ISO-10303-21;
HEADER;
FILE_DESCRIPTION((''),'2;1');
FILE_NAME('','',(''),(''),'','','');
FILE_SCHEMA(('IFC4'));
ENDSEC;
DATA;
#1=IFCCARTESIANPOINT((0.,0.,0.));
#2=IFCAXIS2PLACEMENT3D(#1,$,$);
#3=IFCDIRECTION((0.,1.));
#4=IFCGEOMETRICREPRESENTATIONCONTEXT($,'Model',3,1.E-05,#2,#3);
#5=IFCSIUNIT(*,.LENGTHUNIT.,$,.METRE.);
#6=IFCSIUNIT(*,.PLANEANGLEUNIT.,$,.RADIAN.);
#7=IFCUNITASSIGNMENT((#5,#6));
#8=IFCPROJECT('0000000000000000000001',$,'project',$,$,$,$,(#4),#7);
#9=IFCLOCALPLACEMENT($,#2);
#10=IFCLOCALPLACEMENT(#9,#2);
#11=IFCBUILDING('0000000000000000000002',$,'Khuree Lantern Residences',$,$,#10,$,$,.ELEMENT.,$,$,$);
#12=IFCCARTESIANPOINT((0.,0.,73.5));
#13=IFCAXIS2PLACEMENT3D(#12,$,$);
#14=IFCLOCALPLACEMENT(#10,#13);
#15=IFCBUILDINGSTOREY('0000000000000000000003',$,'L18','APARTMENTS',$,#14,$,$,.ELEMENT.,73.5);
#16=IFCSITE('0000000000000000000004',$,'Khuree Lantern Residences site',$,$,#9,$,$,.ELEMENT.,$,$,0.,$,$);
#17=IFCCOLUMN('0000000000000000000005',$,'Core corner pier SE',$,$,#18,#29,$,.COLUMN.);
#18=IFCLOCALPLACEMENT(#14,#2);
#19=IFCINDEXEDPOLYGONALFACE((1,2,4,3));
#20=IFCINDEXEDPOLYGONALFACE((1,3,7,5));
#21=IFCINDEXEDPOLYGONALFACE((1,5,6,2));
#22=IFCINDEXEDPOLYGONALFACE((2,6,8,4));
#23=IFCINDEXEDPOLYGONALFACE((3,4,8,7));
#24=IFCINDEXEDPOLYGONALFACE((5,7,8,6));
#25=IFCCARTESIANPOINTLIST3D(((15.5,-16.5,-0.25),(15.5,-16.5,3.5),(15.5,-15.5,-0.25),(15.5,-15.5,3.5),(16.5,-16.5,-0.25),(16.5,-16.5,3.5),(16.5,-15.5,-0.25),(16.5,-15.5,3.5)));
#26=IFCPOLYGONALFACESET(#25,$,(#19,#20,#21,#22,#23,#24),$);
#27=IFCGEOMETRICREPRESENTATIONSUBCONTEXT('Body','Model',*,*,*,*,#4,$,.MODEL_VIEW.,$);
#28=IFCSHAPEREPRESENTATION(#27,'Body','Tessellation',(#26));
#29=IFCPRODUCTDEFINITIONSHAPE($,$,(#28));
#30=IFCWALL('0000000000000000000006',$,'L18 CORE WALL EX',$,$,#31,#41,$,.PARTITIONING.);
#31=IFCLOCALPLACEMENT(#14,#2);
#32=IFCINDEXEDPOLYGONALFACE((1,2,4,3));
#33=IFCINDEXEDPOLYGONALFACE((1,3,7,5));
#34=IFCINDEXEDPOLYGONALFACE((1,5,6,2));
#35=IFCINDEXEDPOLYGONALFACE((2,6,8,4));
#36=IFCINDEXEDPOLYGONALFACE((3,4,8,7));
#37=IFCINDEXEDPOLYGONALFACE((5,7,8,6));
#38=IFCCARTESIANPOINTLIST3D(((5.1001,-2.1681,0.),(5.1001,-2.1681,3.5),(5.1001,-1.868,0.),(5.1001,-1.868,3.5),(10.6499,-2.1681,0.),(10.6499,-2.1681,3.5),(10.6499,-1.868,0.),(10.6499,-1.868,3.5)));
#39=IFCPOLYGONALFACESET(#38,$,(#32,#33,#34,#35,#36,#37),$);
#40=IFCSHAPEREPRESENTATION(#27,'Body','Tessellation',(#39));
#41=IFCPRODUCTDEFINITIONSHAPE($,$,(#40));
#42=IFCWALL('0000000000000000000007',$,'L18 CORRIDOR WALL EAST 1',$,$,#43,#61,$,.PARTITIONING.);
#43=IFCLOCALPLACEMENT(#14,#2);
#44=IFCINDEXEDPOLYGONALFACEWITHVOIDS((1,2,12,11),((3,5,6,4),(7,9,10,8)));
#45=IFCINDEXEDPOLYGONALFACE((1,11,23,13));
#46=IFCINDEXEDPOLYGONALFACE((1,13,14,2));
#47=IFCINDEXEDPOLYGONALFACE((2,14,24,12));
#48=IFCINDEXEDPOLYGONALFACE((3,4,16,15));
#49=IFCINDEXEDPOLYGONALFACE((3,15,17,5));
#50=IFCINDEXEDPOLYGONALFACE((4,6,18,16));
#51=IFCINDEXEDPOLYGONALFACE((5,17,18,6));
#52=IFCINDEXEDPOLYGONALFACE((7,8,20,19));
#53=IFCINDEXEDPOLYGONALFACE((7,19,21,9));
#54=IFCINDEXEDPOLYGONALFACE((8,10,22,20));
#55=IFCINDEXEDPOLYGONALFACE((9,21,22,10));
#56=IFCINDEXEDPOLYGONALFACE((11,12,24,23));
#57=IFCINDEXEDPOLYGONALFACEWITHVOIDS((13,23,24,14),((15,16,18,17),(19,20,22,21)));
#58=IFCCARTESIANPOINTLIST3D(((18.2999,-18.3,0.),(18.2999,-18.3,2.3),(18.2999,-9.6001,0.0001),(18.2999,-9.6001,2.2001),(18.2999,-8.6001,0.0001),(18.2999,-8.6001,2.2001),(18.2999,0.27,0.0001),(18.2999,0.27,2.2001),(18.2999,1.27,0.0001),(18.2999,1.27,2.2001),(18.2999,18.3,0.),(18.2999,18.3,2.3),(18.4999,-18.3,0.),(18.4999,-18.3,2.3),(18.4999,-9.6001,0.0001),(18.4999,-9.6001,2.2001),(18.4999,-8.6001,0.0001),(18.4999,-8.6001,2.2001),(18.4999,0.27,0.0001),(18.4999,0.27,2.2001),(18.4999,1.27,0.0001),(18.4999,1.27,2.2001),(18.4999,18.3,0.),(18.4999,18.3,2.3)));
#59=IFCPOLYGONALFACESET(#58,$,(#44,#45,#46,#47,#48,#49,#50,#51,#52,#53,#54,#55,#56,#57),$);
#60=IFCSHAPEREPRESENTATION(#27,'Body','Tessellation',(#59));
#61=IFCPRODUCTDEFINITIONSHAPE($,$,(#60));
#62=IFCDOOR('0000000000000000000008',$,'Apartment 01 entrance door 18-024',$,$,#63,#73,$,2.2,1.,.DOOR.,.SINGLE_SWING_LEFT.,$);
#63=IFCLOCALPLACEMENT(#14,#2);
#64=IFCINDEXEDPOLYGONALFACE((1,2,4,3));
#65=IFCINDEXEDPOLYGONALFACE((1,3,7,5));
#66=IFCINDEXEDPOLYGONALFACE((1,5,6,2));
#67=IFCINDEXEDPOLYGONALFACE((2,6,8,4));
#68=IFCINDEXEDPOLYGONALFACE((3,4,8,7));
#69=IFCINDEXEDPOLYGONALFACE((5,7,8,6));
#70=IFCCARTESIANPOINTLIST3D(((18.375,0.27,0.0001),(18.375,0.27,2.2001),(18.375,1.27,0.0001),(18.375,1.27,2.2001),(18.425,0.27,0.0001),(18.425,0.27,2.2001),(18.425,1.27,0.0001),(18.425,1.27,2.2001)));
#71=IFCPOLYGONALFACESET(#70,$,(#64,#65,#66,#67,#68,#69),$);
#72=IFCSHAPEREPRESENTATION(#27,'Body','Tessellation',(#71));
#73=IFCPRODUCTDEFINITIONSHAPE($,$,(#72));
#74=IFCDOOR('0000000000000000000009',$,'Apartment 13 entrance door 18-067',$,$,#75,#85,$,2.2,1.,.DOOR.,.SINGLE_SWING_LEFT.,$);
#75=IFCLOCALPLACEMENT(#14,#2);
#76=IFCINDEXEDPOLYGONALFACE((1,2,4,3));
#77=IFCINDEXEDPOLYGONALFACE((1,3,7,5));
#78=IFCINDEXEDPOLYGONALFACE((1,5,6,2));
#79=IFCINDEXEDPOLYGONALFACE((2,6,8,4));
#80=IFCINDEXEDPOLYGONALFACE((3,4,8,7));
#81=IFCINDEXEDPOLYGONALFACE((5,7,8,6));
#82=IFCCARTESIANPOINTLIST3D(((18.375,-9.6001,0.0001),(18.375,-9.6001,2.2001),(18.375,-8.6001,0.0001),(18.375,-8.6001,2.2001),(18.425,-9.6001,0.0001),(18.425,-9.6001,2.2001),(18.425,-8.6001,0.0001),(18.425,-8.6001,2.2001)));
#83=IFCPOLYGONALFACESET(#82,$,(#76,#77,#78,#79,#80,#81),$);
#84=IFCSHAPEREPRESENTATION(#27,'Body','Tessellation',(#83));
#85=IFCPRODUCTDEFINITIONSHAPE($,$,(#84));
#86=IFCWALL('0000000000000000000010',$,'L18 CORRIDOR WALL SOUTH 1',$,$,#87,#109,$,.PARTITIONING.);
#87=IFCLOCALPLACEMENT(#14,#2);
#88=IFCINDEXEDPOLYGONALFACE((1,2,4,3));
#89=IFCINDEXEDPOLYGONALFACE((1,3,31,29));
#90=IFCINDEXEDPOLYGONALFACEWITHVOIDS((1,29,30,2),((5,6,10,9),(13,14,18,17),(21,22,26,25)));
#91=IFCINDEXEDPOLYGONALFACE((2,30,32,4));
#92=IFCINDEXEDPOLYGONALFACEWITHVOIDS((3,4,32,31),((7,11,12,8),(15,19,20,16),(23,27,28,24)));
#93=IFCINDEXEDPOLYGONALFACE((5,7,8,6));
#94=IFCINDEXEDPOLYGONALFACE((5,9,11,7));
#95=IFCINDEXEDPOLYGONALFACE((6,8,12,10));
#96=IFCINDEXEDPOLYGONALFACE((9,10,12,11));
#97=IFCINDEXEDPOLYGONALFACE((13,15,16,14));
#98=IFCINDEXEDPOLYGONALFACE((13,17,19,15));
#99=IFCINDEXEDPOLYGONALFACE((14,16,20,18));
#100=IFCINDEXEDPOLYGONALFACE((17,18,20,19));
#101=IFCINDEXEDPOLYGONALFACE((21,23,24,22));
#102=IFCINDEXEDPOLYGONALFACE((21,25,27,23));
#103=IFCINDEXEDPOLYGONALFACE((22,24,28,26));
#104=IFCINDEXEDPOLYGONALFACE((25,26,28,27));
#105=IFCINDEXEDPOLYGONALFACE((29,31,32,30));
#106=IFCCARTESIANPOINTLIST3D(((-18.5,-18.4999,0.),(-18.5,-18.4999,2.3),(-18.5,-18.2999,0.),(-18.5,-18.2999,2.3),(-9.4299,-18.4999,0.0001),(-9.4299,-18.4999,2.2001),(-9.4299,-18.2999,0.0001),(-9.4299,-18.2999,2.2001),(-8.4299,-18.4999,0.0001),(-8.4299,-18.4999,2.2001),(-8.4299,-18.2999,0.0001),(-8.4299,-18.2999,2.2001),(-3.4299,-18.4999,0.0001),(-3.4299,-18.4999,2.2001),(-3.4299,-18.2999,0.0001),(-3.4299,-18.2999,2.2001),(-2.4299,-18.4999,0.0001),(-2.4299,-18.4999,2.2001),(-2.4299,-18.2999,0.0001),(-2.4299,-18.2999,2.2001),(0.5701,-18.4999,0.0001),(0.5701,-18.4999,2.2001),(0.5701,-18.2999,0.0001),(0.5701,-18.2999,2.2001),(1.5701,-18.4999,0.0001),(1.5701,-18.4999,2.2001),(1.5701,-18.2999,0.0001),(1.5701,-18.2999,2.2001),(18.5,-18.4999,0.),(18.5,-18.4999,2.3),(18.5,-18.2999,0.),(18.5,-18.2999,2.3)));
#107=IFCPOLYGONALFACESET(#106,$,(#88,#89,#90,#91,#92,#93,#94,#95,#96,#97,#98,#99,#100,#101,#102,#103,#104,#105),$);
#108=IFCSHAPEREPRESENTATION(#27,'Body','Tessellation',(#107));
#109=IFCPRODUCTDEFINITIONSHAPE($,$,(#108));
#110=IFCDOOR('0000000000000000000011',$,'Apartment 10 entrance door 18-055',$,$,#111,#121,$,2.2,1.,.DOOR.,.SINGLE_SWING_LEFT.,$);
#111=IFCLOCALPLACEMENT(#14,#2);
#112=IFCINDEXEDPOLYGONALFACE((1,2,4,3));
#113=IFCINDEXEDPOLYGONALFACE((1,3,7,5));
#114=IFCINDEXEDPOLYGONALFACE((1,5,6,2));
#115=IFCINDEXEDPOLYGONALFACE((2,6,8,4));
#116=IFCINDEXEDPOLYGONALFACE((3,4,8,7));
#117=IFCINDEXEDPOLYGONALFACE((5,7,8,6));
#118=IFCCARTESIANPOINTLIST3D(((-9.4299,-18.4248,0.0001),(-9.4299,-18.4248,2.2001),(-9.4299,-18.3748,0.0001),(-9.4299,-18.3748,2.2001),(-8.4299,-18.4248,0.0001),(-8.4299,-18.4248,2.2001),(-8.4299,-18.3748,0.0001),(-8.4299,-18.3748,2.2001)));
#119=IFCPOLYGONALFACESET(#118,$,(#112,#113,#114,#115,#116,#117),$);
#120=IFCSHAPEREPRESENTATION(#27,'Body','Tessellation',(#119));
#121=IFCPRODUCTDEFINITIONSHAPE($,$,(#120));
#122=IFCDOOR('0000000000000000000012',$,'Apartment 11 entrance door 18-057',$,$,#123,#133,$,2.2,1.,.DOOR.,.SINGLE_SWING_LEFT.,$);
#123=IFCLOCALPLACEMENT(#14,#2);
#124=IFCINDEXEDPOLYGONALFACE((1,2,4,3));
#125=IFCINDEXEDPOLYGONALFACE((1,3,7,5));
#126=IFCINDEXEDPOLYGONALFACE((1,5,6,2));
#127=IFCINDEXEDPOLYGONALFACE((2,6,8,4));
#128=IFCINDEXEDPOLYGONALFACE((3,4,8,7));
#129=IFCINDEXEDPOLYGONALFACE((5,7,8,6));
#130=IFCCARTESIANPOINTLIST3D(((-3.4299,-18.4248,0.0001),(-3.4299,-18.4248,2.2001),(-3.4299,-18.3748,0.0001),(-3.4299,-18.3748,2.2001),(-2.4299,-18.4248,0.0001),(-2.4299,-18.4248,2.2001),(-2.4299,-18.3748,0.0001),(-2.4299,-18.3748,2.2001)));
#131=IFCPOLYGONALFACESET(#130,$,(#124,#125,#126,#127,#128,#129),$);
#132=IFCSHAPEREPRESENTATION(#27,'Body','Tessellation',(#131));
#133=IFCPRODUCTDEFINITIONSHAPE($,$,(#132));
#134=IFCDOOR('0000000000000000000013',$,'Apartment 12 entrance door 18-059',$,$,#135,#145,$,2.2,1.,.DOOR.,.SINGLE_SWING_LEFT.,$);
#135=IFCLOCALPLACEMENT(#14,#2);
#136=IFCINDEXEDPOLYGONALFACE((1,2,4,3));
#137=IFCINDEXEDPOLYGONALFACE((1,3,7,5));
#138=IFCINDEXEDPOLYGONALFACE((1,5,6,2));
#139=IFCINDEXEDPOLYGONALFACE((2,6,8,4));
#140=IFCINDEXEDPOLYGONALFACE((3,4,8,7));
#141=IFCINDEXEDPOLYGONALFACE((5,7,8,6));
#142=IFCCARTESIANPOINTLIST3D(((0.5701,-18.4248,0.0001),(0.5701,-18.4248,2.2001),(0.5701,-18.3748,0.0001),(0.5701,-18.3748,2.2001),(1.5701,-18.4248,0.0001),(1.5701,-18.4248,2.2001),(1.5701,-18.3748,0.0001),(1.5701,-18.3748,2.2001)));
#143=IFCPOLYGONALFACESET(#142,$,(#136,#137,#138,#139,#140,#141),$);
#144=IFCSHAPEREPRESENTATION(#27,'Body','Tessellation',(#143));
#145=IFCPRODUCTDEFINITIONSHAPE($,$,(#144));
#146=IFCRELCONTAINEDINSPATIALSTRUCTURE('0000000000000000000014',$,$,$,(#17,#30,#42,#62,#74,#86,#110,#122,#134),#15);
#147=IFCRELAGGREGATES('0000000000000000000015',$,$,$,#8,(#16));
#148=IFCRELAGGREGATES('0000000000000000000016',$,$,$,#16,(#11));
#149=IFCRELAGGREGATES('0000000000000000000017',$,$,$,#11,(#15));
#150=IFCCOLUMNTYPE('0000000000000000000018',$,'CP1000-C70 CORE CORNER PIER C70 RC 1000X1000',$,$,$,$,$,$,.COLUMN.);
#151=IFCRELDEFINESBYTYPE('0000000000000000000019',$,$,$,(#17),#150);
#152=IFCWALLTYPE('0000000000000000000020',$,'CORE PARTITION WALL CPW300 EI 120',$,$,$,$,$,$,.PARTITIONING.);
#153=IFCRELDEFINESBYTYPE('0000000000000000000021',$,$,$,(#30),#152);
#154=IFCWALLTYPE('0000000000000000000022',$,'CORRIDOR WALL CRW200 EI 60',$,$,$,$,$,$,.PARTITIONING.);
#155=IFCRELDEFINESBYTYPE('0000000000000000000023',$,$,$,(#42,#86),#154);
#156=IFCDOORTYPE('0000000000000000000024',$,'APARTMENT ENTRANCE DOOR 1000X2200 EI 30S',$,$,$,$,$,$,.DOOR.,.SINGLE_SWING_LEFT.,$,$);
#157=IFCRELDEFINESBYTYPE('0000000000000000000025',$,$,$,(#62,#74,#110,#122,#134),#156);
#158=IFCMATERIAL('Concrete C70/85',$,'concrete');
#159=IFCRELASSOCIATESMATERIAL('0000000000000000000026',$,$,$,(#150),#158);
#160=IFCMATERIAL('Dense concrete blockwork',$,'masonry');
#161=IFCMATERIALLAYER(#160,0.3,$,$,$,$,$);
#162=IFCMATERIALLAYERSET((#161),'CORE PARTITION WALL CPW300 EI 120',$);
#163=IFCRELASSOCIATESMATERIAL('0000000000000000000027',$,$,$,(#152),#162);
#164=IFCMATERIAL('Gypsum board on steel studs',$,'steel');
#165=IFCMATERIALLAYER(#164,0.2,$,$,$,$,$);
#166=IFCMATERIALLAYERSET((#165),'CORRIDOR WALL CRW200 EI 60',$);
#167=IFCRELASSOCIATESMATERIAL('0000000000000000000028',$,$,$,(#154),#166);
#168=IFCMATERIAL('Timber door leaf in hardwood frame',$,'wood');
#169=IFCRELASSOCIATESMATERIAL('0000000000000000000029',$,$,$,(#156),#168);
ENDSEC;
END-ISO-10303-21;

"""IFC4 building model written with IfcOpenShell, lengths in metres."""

from ifc_helpers import new_model, si_unit, direction, frame, frame_2d, origin, origin_2d, place, context, subcontext, project, spatial, rectangle, extrude, material, layer, layer_set, material_profile, profile_set, type_object, element, fill, save


model = new_model("IFC4")

# Units and contexts
model_context = context("Model", 3, precision=1e-05, world=origin(), true_north=direction((0.0, 1.0)))
body_context = subcontext(model_context, "Body", "Model", "MODEL_VIEW")
ifc_project = project(units=[si_unit("LENGTHUNIT", "METRE"), si_unit("PLANEANGLEUNIT", "RADIAN")], contexts=[model_context])

# Site, building, storey
site_placement = place(None, origin())
site = spatial("IfcSite", under=ifc_project, at=site_placement, Name="Khuree Lantern Residences site", CompositionType="ELEMENT", RefElevation=0.0)
building_placement = place(site_placement, origin())
building = spatial("IfcBuilding", under=site, at=building_placement, Name="Khuree Lantern Residences", CompositionType="ELEMENT")
storey_placement = place(building_placement, frame((0.0, 0.0, 73.5)))
storey = spatial("IfcBuildingStorey", under=building, at=storey_placement, Name="L18", Description="APARTMENTS", CompositionType="ELEMENT", Elevation=73.5)

# Column
ifc_material_1 = material(Name="Concrete C70/85", Category="concrete")
ifc_material_profile = material_profile(ifc_material_1, rectangle(XDim=1.0, YDim=1.0, at=origin_2d()), Name="RC 1000X1000")
ifc_profile_set = profile_set([ifc_material_profile], Name="Concrete C70/85")
column_type = type_object("IfcColumnType", Name="CP1000-C70 CORE CORNER PIER C70 RC 1000X1000", PredefinedType="COLUMN", material=ifc_profile_set)
column_placement = place(storey_placement, frame((16.0, -16.0, -0.25), z_axis=(0.0, 0.0, 1.0), x_axis=(1.0, 0.0, 0.0)))
element("IfcColumn", 1, at=column_placement, inside=storey, type_object=column_type, Name="Core corner pier SE", PredefinedType="COLUMN", context=body_context, shape_type="SweptSolid", body=[
    extrude(rectangle(XDim=1.0, YDim=1.0, at=origin_2d()), origin(), (0.0, 0.0, 1.0), 3.75),
])

# Wall
ifc_material_2 = material(Name="Dense concrete blockwork", Category="masonry")
ifc_layer_1 = layer(ifc_material_2, 0.3)
ifc_layer_set_1 = layer_set([ifc_layer_1], Name="CORE PARTITION WALL CPW300 EI 120")
wall_type_1 = type_object("IfcWallType", Name="CORE PARTITION WALL CPW300 EI 120", PredefinedType="PARTITIONING", material=ifc_layer_set_1)
wall_1_placement = place(storey_placement, frame((10.6499, -2.0181, 0.0), z_axis=(0.0, 0.0, 1.0), x_axis=(-1.0, 0.0, 0.0)))
element("IfcWall", 2, at=wall_1_placement, inside=storey, type_object=wall_type_1, Name="L18 CORE WALL EX", PredefinedType="PARTITIONING", context=body_context, shape_type="SweptSolid", body=[
    extrude(rectangle(XDim=5.5498, YDim=0.3, at=frame_2d((2.7749, 0.0))), origin(), (0.0, 0.0, 1.0), 3.5),
])

# Walls, openings, doors
ifc_material_3 = material(Name="Gypsum board on steel studs", Category="steel")
ifc_layer_2 = layer(ifc_material_3, 0.2)
ifc_layer_set_2 = layer_set([ifc_layer_2], Name="CORRIDOR WALL CRW200 EI 60")
wall_type_2 = type_object("IfcWallType", Name="CORRIDOR WALL CRW200 EI 60", PredefinedType="PARTITIONING", material=ifc_layer_set_2)
wall_2_placement = place(storey_placement, frame((18.3999, -18.3, 0.0), z_axis=(0.0, 0.0, 1.0), x_axis=(0.0, 1.0, 0.0)))
wall_2 = element("IfcWall", 3, at=wall_2_placement, inside=storey, type_object=wall_type_2, Name="L18 CORRIDOR WALL EAST 1", PredefinedType="PARTITIONING", context=body_context, shape_type="SweptSolid", body=[
    extrude(rectangle(XDim=36.6001, YDim=0.2, at=frame_2d((18.3, 0.0))), origin(), (0.0, 0.0, 1.0), 2.3),
])
opening_1_placement = place(wall_2_placement, frame((18.5701, 0.0, 0.0)))
opening_1 = element("IfcOpeningElement", 4, at=opening_1_placement, cuts=wall_2, PredefinedType="OPENING", context=body_context, shape_type="SweptSolid", body=[
    extrude(rectangle(XDim=1.0, YDim=2.2, at=frame_2d((0.5, 1.1001))), frame((0.0, 0.1099, 0.0), z_axis=(0.0, -1.0, 0.0), x_axis=(1.0, 0.0, 0.0)), (0.0, 0.0, 1.0), 0.22),
])
opening_2_placement = place(wall_2_placement, frame((8.7, 0.0, 0.0)))
opening_2 = element("IfcOpeningElement", 5, at=opening_2_placement, cuts=wall_2, PredefinedType="OPENING", context=body_context, shape_type="SweptSolid", body=[
    extrude(rectangle(XDim=1.0, YDim=2.2, at=frame_2d((0.5, 1.1001))), frame((0.0, 0.1099, 0.0), z_axis=(0.0, -1.0, 0.0), x_axis=(1.0, 0.0, 0.0)), (0.0, 0.0, 1.0), 0.22),
])
ifc_material_4 = material(Name="Timber door leaf in hardwood frame", Category="wood")
door_type_1 = type_object("IfcDoorType", Name="APARTMENT ENTRANCE DOOR 1000X2200 EI 30S", OperationType="SINGLE_SWING_LEFT", PredefinedType="DOOR", material=ifc_material_4)
door_1_placement = place(opening_1_placement, origin())
door_1 = element("IfcDoor", 6, at=door_1_placement, inside=storey, type_object=door_type_1, Name="Apartment 01 entrance door 18-024", OperationType="SINGLE_SWING_LEFT", OverallHeight=2.2, OverallWidth=1.0, PredefinedType="DOOR", context=body_context, shape_type="SweptSolid", body=[
    extrude(rectangle(XDim=1.0, YDim=2.2, at=frame_2d((0.5, 1.1001))), frame((0.0, 0.0249, 0.0), z_axis=(0.0, -1.0, 0.0), x_axis=(1.0, 0.0, 0.0)), (0.0, 0.0, 1.0), 0.05),
])
fill(opening_1, door_1)
door_2_placement = place(opening_2_placement, origin())
door_2 = element("IfcDoor", 7, at=door_2_placement, inside=storey, type_object=door_type_1, Name="Apartment 13 entrance door 18-067", OperationType="SINGLE_SWING_LEFT", OverallHeight=2.2, OverallWidth=1.0, PredefinedType="DOOR", context=body_context, shape_type="SweptSolid", body=[
    extrude(rectangle(XDim=1.0, YDim=2.2, at=frame_2d((0.5, 1.1001))), frame((0.0, 0.0249, 0.0), z_axis=(0.0, -1.0, 0.0), x_axis=(1.0, 0.0, 0.0)), (0.0, 0.0, 1.0), 0.05),
])
fill(opening_2, door_2)
wall_3_placement = place(storey_placement, frame((18.5, -18.3999, 0.0), z_axis=(0.0, 0.0, 1.0), x_axis=(-1.0, 0.0, 0.0)))
wall_3 = element("IfcWall", 8, at=wall_3_placement, inside=storey, type_object=wall_type_2, Name="L18 CORRIDOR WALL SOUTH 1", PredefinedType="PARTITIONING", context=body_context, shape_type="SweptSolid", body=[
    extrude(rectangle(XDim=37.0, YDim=0.2, at=frame_2d((18.5, 0.0))), origin(), (0.0, 0.0, 1.0), 2.3),
])
opening_3_placement = place(wall_3_placement, frame((26.9299, 0.0, 0.0)))
opening_3 = element("IfcOpeningElement", 9, at=opening_3_placement, cuts=wall_3, PredefinedType="OPENING", context=body_context, shape_type="SweptSolid", body=[
    extrude(rectangle(XDim=1.0, YDim=2.2, at=frame_2d((0.5, 1.1001))), frame((0.0, 0.1099, 0.0), z_axis=(0.0, -1.0, 0.0), x_axis=(1.0, 0.0, 0.0)), (0.0, 0.0, 1.0), 0.22),
])
opening_4_placement = place(wall_3_placement, frame((20.9299, 0.0, 0.0)))
opening_4 = element("IfcOpeningElement", 10, at=opening_4_placement, cuts=wall_3, PredefinedType="OPENING", context=body_context, shape_type="SweptSolid", body=[
    extrude(rectangle(XDim=1.0, YDim=2.2, at=frame_2d((0.5, 1.1001))), frame((0.0, 0.1099, 0.0), z_axis=(0.0, -1.0, 0.0), x_axis=(1.0, 0.0, 0.0)), (0.0, 0.0, 1.0), 0.22),
])
opening_5_placement = place(wall_3_placement, frame((16.9299, 0.0, 0.0)))
opening_5 = element("IfcOpeningElement", 11, at=opening_5_placement, cuts=wall_3, PredefinedType="OPENING", context=body_context, shape_type="SweptSolid", body=[
    extrude(rectangle(XDim=1.0, YDim=2.2, at=frame_2d((0.5, 1.1001))), frame((0.0, 0.1099, 0.0), z_axis=(0.0, -1.0, 0.0), x_axis=(1.0, 0.0, 0.0)), (0.0, 0.0, 1.0), 0.22),
])
door_3_placement = place(opening_3_placement, origin())
door_3 = element("IfcDoor", 12, at=door_3_placement, inside=storey, type_object=door_type_1, Name="Apartment 10 entrance door 18-055", OperationType="SINGLE_SWING_LEFT", OverallHeight=2.2, OverallWidth=1.0, PredefinedType="DOOR", context=body_context, shape_type="SweptSolid", body=[
    extrude(rectangle(XDim=1.0, YDim=2.2, at=frame_2d((0.5, 1.1001))), frame((0.0, 0.0249, 0.0), z_axis=(0.0, -1.0, 0.0), x_axis=(1.0, 0.0, 0.0)), (0.0, 0.0, 1.0), 0.05),
])
fill(opening_3, door_3)
door_4_placement = place(opening_4_placement, origin())
door_4 = element("IfcDoor", 13, at=door_4_placement, inside=storey, type_object=door_type_1, Name="Apartment 11 entrance door 18-057", OperationType="SINGLE_SWING_LEFT", OverallHeight=2.2, OverallWidth=1.0, PredefinedType="DOOR", context=body_context, shape_type="SweptSolid", body=[
    extrude(rectangle(XDim=1.0, YDim=2.2, at=frame_2d((0.5, 1.1001))), frame((0.0, 0.0249, 0.0), z_axis=(0.0, -1.0, 0.0), x_axis=(1.0, 0.0, 0.0)), (0.0, 0.0, 1.0), 0.05),
])
fill(opening_4, door_4)
door_5_placement = place(opening_5_placement, origin())
door_5 = element("IfcDoor", 14, at=door_5_placement, inside=storey, type_object=door_type_1, Name="Apartment 12 entrance door 18-059", OperationType="SINGLE_SWING_LEFT", OverallHeight=2.2, OverallWidth=1.0, PredefinedType="DOOR", context=body_context, shape_type="SweptSolid", body=[
    extrude(rectangle(XDim=1.0, YDim=2.2, at=frame_2d((0.5, 1.1001))), frame((0.0, 0.0249, 0.0), z_axis=(0.0, -1.0, 0.0), x_axis=(1.0, 0.0, 0.0)), (0.0, 0.0, 1.0), 0.05),
])
fill(opening_5, door_5)

save(model, "model.ifc")
